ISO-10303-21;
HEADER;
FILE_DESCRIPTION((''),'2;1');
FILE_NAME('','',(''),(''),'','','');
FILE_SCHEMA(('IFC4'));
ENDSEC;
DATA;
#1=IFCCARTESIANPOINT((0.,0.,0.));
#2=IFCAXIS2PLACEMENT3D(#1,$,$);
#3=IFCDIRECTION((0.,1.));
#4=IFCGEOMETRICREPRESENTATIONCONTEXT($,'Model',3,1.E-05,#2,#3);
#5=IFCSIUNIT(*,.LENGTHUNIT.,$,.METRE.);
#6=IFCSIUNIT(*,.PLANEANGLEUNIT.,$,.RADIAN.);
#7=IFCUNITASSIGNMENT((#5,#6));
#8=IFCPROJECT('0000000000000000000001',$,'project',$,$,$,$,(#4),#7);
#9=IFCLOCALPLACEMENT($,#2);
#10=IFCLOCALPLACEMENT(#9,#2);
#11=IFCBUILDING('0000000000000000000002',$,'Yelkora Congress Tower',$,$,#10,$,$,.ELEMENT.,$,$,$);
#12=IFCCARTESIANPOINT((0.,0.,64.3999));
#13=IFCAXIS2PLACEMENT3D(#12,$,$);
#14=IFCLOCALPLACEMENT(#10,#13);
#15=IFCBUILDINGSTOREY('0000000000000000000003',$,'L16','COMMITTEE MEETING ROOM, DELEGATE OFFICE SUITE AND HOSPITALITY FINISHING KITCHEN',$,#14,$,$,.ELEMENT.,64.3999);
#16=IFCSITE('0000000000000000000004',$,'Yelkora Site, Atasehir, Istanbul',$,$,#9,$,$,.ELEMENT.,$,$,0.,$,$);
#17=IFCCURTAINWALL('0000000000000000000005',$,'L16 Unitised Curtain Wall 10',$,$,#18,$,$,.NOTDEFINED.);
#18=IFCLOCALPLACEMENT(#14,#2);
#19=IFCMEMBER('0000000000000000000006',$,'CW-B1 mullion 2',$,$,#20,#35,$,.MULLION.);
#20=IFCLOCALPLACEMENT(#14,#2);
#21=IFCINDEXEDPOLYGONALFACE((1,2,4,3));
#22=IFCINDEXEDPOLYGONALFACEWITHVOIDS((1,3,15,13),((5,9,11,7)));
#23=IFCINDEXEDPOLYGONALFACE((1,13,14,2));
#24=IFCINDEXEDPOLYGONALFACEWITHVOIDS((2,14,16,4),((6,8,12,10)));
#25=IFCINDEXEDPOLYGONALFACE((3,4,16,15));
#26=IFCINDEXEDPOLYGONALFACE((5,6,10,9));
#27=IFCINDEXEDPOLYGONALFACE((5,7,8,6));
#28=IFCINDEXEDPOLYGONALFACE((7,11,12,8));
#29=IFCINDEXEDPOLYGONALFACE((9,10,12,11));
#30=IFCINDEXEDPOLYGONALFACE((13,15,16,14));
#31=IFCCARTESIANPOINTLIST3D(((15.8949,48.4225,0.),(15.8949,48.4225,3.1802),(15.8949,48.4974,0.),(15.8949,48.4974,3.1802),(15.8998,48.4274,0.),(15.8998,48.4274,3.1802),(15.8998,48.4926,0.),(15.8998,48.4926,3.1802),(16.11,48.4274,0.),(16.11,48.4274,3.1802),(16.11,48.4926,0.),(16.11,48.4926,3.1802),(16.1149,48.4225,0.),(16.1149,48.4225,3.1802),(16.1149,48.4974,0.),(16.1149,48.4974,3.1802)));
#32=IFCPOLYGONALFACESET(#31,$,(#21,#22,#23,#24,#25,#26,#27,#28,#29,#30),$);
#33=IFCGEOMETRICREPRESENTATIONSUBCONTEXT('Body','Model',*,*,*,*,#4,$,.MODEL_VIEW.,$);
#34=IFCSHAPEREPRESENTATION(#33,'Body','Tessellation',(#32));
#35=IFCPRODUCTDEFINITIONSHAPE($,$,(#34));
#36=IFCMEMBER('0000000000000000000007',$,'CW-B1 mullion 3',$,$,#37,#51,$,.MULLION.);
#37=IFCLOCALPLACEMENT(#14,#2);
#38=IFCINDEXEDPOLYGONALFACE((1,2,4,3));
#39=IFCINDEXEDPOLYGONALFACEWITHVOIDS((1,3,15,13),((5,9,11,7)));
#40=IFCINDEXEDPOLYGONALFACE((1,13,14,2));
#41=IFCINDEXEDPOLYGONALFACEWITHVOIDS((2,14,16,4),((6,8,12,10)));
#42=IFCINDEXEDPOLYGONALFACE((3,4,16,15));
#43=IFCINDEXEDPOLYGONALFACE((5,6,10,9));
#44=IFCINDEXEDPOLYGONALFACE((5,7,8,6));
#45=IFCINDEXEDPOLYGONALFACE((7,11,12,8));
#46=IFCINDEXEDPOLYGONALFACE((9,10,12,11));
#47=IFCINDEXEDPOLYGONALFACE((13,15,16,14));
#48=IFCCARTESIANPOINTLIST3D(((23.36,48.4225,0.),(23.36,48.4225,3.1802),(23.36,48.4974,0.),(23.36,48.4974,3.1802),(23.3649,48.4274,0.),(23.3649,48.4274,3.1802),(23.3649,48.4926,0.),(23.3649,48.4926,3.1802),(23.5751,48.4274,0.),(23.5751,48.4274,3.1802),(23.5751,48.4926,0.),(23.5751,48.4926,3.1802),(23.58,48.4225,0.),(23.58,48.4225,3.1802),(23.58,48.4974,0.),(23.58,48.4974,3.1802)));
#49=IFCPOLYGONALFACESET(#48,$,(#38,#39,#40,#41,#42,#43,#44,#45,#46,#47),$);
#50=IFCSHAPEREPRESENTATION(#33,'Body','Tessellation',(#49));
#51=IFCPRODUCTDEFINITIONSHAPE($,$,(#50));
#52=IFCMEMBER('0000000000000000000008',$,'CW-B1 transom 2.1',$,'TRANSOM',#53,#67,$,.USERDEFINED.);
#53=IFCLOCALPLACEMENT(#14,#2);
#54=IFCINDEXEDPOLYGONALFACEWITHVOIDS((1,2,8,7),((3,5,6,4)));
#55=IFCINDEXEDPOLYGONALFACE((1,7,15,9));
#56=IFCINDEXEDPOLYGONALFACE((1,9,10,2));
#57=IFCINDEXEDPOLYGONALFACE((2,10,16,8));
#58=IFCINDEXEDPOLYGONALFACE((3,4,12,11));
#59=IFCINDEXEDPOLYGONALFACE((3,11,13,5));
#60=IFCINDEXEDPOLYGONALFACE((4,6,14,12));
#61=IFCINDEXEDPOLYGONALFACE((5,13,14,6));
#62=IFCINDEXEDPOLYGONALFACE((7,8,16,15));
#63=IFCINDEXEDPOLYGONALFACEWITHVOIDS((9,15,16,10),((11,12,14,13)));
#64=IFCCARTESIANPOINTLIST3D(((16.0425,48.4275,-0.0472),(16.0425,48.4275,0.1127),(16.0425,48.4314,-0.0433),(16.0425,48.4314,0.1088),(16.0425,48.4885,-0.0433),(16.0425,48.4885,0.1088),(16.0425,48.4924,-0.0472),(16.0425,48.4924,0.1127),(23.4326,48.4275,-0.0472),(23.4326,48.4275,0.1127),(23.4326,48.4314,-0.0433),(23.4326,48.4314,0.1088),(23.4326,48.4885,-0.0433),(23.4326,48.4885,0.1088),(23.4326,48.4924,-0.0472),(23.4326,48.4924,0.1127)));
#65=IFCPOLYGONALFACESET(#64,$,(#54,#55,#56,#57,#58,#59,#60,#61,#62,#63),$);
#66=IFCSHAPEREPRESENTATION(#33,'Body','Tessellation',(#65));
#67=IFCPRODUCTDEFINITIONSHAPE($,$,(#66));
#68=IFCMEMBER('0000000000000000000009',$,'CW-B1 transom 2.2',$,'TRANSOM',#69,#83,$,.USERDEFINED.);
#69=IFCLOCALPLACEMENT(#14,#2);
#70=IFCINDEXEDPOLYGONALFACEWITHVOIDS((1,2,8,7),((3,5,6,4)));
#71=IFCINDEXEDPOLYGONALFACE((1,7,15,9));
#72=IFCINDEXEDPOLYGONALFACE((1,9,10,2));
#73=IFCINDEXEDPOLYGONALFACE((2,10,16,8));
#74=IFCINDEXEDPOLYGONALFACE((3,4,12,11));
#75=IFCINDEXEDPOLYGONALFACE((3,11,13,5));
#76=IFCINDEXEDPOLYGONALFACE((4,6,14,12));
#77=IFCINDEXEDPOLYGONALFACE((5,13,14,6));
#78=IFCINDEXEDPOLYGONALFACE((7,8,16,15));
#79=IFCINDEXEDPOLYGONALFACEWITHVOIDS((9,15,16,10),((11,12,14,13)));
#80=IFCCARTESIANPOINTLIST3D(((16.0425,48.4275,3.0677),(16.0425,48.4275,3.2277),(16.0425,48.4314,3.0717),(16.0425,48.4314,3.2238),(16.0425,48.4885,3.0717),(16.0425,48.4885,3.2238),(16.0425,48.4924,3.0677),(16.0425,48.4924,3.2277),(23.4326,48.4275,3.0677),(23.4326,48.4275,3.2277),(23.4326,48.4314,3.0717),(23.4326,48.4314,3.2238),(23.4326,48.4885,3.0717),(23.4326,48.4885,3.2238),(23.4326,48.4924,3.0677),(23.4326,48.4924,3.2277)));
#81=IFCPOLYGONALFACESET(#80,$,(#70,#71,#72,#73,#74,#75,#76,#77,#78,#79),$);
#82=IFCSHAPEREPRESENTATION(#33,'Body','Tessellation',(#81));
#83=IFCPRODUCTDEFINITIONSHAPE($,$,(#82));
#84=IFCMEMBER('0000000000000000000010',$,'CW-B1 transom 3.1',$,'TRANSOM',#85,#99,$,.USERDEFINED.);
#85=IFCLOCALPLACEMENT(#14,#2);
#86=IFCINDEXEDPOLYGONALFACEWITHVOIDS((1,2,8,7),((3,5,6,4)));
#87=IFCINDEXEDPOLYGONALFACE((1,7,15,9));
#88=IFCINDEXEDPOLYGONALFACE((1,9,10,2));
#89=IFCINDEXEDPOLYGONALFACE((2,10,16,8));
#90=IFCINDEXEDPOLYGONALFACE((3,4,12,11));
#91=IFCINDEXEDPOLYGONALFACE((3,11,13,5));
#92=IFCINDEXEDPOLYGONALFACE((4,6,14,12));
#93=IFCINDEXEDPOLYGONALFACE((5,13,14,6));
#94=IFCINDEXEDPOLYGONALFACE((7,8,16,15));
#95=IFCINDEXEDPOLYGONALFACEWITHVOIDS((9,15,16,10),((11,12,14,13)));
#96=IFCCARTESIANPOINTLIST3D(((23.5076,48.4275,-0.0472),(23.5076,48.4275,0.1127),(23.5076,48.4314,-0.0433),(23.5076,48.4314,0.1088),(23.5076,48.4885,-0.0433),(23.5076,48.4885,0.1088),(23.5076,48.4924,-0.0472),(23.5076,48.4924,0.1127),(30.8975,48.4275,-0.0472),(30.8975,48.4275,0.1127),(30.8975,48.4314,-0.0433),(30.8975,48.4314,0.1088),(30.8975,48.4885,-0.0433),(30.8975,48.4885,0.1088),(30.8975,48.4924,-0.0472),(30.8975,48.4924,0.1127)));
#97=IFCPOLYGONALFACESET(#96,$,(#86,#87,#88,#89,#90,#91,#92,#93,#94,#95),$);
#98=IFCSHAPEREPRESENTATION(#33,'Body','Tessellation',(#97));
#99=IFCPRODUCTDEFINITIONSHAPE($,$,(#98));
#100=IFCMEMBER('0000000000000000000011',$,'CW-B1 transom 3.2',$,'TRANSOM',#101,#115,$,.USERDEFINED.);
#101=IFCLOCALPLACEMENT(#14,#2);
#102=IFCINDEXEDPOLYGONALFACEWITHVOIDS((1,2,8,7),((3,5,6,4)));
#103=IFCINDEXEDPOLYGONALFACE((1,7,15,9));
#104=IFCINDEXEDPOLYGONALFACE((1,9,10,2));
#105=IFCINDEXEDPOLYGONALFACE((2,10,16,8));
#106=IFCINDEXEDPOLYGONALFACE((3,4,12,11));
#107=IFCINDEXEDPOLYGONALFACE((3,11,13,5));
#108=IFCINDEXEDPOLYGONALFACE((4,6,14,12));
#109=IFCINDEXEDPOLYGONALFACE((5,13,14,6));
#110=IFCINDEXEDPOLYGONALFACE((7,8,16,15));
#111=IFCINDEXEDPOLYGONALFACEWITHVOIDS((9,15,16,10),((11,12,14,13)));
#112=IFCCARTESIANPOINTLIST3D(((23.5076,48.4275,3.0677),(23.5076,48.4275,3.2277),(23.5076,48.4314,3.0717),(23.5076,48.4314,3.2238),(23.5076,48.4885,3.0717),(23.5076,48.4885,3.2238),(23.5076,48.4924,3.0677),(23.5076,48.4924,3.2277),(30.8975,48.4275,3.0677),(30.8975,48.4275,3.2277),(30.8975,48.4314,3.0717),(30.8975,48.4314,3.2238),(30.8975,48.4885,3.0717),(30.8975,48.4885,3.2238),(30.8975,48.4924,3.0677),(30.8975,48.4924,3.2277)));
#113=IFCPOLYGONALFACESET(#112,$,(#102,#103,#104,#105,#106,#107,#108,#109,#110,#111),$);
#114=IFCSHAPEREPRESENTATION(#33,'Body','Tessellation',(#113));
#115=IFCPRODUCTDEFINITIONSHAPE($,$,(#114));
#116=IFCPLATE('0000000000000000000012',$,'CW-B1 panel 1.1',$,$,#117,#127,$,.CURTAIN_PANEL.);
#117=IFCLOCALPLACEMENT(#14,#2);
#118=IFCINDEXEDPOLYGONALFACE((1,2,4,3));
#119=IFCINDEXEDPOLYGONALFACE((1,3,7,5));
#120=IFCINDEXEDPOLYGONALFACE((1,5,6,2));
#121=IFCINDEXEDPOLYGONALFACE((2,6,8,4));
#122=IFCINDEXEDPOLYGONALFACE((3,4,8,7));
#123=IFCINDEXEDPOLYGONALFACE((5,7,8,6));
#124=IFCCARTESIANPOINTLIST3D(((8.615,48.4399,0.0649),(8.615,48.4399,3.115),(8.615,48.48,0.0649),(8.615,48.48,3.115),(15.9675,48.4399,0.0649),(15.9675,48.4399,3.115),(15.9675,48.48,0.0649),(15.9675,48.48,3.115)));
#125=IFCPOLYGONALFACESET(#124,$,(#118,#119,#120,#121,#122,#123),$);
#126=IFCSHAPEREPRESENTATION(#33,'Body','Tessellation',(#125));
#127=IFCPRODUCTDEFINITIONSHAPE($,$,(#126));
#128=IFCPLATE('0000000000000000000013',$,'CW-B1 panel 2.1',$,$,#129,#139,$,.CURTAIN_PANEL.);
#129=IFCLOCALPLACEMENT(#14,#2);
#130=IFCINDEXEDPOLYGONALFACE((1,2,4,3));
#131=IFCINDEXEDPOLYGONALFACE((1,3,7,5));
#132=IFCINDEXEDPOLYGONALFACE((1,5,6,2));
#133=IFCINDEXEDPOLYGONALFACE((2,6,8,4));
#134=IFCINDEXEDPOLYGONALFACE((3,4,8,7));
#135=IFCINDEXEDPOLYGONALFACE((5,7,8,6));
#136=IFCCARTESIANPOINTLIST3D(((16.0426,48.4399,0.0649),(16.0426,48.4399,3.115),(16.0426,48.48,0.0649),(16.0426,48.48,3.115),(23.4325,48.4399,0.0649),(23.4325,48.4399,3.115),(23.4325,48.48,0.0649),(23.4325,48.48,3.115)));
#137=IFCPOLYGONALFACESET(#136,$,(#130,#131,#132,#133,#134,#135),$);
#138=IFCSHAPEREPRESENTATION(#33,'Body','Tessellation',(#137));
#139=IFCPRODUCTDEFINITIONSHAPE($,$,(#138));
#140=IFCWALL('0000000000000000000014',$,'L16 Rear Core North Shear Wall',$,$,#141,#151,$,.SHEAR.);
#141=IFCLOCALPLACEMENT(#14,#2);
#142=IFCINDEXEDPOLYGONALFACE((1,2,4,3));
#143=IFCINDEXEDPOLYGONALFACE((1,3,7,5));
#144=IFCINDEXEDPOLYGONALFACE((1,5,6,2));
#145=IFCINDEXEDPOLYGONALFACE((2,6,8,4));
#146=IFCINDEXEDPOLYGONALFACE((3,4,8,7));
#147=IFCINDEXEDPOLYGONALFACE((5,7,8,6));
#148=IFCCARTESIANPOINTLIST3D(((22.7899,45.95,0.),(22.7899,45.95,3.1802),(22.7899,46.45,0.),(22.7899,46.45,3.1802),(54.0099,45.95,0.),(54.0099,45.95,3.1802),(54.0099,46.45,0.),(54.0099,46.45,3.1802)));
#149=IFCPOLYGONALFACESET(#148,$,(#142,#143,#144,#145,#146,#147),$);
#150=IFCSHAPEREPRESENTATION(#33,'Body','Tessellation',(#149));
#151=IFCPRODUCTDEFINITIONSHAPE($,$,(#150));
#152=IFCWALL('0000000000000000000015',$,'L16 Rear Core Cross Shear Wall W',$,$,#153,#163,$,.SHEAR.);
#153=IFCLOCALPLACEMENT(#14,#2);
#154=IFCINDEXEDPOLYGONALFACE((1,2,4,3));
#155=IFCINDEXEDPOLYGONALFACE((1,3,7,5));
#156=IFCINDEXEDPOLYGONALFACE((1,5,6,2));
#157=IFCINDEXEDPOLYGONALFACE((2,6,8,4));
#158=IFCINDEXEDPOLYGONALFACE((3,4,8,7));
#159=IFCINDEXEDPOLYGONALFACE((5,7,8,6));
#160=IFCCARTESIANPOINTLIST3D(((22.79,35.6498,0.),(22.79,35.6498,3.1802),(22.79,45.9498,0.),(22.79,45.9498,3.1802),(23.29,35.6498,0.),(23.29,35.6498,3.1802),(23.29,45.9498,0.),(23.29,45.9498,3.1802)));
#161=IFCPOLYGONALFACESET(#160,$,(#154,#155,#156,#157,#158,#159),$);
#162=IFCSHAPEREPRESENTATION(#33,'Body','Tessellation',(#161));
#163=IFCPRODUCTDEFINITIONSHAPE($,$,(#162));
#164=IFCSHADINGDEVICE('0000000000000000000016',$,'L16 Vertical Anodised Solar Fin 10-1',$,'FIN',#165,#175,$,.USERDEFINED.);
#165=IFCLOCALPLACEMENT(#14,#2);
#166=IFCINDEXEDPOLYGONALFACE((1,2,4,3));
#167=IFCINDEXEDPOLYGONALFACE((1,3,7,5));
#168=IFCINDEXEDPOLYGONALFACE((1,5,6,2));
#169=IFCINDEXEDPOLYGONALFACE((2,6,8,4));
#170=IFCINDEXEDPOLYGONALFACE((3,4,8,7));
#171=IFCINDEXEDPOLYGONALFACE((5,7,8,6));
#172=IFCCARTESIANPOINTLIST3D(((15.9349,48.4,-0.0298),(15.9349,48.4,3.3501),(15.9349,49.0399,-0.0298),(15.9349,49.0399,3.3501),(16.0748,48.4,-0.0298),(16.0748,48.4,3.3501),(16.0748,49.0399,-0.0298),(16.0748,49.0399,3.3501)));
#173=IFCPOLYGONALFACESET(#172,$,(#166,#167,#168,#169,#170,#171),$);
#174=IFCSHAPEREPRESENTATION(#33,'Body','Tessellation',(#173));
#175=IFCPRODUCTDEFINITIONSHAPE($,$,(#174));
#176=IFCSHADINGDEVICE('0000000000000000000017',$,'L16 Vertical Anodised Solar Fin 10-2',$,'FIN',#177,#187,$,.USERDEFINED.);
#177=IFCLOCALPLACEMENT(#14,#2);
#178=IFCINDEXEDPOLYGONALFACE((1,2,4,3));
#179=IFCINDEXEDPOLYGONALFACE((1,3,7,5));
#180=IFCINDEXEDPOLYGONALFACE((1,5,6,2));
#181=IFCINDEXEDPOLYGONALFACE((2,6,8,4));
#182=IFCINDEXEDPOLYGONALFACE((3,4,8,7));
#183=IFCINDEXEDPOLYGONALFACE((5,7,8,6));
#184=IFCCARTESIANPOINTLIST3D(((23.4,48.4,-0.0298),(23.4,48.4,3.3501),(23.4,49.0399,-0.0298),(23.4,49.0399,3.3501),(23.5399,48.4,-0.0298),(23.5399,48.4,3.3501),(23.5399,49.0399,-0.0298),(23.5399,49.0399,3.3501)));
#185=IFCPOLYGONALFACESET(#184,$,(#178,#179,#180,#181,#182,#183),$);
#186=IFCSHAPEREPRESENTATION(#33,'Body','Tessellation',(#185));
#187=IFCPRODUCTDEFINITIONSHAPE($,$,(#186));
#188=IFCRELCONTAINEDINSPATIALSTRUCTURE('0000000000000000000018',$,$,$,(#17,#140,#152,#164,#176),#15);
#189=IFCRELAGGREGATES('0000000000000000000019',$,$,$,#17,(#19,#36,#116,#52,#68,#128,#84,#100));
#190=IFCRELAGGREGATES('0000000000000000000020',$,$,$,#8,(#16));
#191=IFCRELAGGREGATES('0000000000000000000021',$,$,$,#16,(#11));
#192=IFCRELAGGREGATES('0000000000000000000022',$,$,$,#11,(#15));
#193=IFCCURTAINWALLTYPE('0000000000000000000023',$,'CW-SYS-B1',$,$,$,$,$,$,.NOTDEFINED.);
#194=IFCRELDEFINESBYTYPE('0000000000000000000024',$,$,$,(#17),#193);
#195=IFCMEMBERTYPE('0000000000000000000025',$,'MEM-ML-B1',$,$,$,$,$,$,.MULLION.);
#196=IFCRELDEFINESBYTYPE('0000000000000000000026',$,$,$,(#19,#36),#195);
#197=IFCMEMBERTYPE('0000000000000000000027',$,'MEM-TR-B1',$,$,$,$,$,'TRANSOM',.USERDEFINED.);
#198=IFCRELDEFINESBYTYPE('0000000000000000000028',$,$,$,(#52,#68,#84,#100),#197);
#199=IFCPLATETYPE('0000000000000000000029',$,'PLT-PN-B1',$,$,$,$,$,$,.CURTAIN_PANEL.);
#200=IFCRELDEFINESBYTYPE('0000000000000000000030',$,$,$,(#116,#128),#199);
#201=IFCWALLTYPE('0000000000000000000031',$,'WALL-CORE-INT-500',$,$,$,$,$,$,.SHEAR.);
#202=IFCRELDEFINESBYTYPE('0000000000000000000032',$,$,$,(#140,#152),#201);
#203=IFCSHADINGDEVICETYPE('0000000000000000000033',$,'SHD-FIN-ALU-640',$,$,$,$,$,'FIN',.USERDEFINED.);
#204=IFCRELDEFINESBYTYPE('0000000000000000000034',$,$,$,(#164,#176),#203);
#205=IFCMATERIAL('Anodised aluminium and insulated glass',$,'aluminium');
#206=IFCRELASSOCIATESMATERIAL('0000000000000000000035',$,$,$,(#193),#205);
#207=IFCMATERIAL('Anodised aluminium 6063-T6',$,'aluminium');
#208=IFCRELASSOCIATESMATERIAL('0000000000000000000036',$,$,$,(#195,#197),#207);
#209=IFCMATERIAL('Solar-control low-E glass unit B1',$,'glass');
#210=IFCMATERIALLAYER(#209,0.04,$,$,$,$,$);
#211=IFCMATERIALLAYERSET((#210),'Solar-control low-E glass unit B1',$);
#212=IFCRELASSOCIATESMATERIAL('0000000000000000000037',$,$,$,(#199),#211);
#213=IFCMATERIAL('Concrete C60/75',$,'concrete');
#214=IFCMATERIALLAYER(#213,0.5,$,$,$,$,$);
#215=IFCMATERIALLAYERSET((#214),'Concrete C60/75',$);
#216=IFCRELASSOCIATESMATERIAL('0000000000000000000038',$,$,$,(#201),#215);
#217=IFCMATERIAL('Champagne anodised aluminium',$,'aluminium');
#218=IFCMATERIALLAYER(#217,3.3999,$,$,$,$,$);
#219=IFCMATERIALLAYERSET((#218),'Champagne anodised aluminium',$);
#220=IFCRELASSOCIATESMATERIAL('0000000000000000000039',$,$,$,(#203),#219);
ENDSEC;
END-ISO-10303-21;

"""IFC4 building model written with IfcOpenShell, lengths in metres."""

from ifc_helpers import new_model, si_unit, direction, frame, frame_2d, origin, origin_2d, place, context, subcontext, project, spatial, rectangle, hollow_rectangle, extrude, material, layer, layer_set, material_profile, profile_set, type_object, element, aggregate, save


model = new_model("IFC4")

# Units and contexts
model_context = context("Model", 3, precision=1e-05, world=origin(), true_north=direction((0.0, 1.0)))
body_context = subcontext(model_context, "Body", "Model", "MODEL_VIEW")
ifc_project = project(units=[si_unit("LENGTHUNIT", "METRE"), si_unit("PLANEANGLEUNIT", "RADIAN")], contexts=[model_context])

# Site, building, storey
site_placement = place(None, origin())
site = spatial("IfcSite", under=ifc_project, at=site_placement, Name="Yelkora Site, Atasehir, Istanbul", CompositionType="ELEMENT", RefElevation=0.0)
building_placement = place(site_placement, origin())
building = spatial("IfcBuilding", under=site, at=building_placement, Name="Yelkora Congress Tower", CompositionType="ELEMENT")
storey_placement = place(building_placement, frame((0.0, 0.0, 64.3999)))
storey = spatial("IfcBuildingStorey", under=building, at=storey_placement, Name="L16", Description="COMMITTEE MEETING ROOM, DELEGATE OFFICE SUITE AND HOSPITALITY FINISHING KITCHEN", CompositionType="ELEMENT", Elevation=64.3999)

# Shared definitions
ifc_material_1 = material(Name="Concrete C60/75", Category="concrete")

# Curtain wall, members, plates
ifc_material_2 = material(Name="Anodised aluminium and insulated glass", Category="aluminium")
curtain_wall_type = type_object("IfcCurtainWallType", Name="CW-SYS-B1", PredefinedType="NOTDEFINED", material=ifc_material_2)
curtain_wall_placement = place(storey_placement, origin())
curtain_wall = element("IfcCurtainWall", 1, at=curtain_wall_placement, inside=storey, type_object=curtain_wall_type, Name="L16 Unitised Curtain Wall 10", PredefinedType="NOTDEFINED")
ifc_material_3 = material(Name="Anodised aluminium 6063-T6", Category="aluminium")
ifc_material_profile_1 = material_profile(ifc_material_3, hollow_rectangle(XDim=0.075, YDim=0.22, WallThickness=0.0049, at=origin_2d()), Name="ALU 75x220x5")
ifc_profile_set_1 = profile_set([ifc_material_profile_1], Name="Anodised aluminium 6063-T6")
member_type_1 = type_object("IfcMemberType", Name="MEM-ML-B1", PredefinedType="MULLION", material=ifc_profile_set_1)
member_1_placement = place(storey_placement, frame((16.0049, 48.46, 0.0), z_axis=(0.0, 0.0, 1.0), x_axis=(0.0, 1.0, 0.0)))
member_1 = element("IfcMember", 2, at=member_1_placement, type_object=member_type_1, Name="CW-B1 mullion 2", PredefinedType="MULLION", context=body_context, shape_type="SweptSolid", body=[
    extrude(hollow_rectangle(XDim=0.075, YDim=0.22, WallThickness=0.0049, at=origin_2d()), origin(), (0.0, 0.0, 1.0), 3.1802),
])
member_2_placement = place(storey_placement, frame((23.47, 48.46, 0.0), z_axis=(0.0, 0.0, 1.0), x_axis=(0.0, 1.0, 0.0)))
member_2 = element("IfcMember", 3, at=member_2_placement, type_object=member_type_1, Name="CW-B1 mullion 3", PredefinedType="MULLION", context=body_context, shape_type="SweptSolid", body=[
    extrude(hollow_rectangle(XDim=0.075, YDim=0.22, WallThickness=0.0049, at=origin_2d()), origin(), (0.0, 0.0, 1.0), 3.1802),
])
ifc_material_profile_2 = material_profile(ifc_material_3, hollow_rectangle(XDim=0.0649, YDim=0.1599, WallThickness=0.0039, at=origin_2d()), Name="ALU 65x160x4")
ifc_profile_set_2 = profile_set([ifc_material_profile_2], Name="Anodised aluminium 6063-T6")
member_type_2 = type_object("IfcMemberType", Name="MEM-TR-B1", ElementType="TRANSOM", PredefinedType="USERDEFINED", material=ifc_profile_set_2)
member_3_placement = place(storey_placement, frame((16.0425, 48.46, 0.0327), z_axis=(1.0, 0.0, 0.0), x_axis=(0.0, 1.0, 0.0)))
member_3 = element("IfcMember", 4, at=member_3_placement, type_object=member_type_2, Name="CW-B1 transom 2.1", ObjectType="TRANSOM", PredefinedType="USERDEFINED", context=body_context, shape_type="SweptSolid", body=[
    extrude(hollow_rectangle(XDim=0.0649, YDim=0.1599, WallThickness=0.0039, at=origin_2d()), origin(), (0.0, 0.0, 1.0), 7.3901),
])
member_4_placement = place(storey_placement, frame((16.0425, 48.46, 3.1477), z_axis=(1.0, 0.0, 0.0), x_axis=(0.0, 1.0, 0.0)))
member_4 = element("IfcMember", 5, at=member_4_placement, type_object=member_type_2, Name="CW-B1 transom 2.2", ObjectType="TRANSOM", PredefinedType="USERDEFINED", context=body_context, shape_type="SweptSolid", body=[
    extrude(hollow_rectangle(XDim=0.0649, YDim=0.1599, WallThickness=0.0039, at=origin_2d()), origin(), (0.0, 0.0, 1.0), 7.3901),
])
member_5_placement = place(storey_placement, frame((23.5076, 48.46, 0.0327), z_axis=(1.0, 0.0, 0.0), x_axis=(0.0, 1.0, 0.0)))
member_5 = element("IfcMember", 6, at=member_5_placement, type_object=member_type_2, Name="CW-B1 transom 3.1", ObjectType="TRANSOM", PredefinedType="USERDEFINED", context=body_context, shape_type="SweptSolid", body=[
    extrude(hollow_rectangle(XDim=0.0649, YDim=0.1599, WallThickness=0.0039, at=origin_2d()), origin(), (0.0, 0.0, 1.0), 7.3899),
])
member_6_placement = place(storey_placement, frame((23.5076, 48.46, 3.1477), z_axis=(1.0, 0.0, 0.0), x_axis=(0.0, 1.0, 0.0)))
member_6 = element("IfcMember", 7, at=member_6_placement, type_object=member_type_2, Name="CW-B1 transom 3.2", ObjectType="TRANSOM", PredefinedType="USERDEFINED", context=body_context, shape_type="SweptSolid", body=[
    extrude(hollow_rectangle(XDim=0.0649, YDim=0.1599, WallThickness=0.0039, at=origin_2d()), origin(), (0.0, 0.0, 1.0), 7.3899),
])
ifc_material_4 = material(Name="Solar-control low-E glass unit B1", Category="glass")
ifc_layer_1 = layer(ifc_material_4, 0.04)
ifc_layer_set_1 = layer_set([ifc_layer_1], Name="Solar-control low-E glass unit B1")
plate_type = type_object("IfcPlateType", Name="PLT-PN-B1", PredefinedType="CURTAIN_PANEL", material=ifc_layer_set_1)
plate_1_placement = place(storey_placement, frame((12.2913, 48.46, 0.0649), z_axis=(0.0, 0.0, 1.0), x_axis=(1.0, 0.0, 0.0)))
plate_1 = element("IfcPlate", 8, at=plate_1_placement, type_object=plate_type, Name="CW-B1 panel 1.1", PredefinedType="CURTAIN_PANEL", context=body_context, shape_type="SweptSolid", body=[
    extrude(rectangle(XDim=7.3525, YDim=0.04, at=origin_2d()), origin(), (0.0, 0.0, 1.0), 3.05),
])
plate_2_placement = place(storey_placement, frame((19.7375, 48.46, 0.0649), z_axis=(0.0, 0.0, 1.0), x_axis=(1.0, 0.0, 0.0)))
plate_2 = element("IfcPlate", 9, at=plate_2_placement, type_object=plate_type, Name="CW-B1 panel 2.1", PredefinedType="CURTAIN_PANEL", context=body_context, shape_type="SweptSolid", body=[
    extrude(rectangle(XDim=7.3899, YDim=0.04, at=origin_2d()), origin(), (0.0, 0.0, 1.0), 3.05),
])
aggregate(curtain_wall, [member_1, member_2, plate_1, member_3, member_4, plate_2, member_5, member_6])

# Walls
ifc_layer_2 = layer(ifc_material_1, 0.5)
ifc_layer_set_2 = layer_set([ifc_layer_2], Name="Concrete C60/75")
wall_type_1 = type_object("IfcWallType", Name="WALL-CORE-INT-500", PredefinedType="SHEAR", material=ifc_layer_set_2)
wall_1_placement = place(storey_placement, frame((22.79, 46.2, 0.0), z_axis=(0.0, 0.0, 1.0), x_axis=(1.0, 0.0, 0.0)))
element("IfcWall", 10, at=wall_1_placement, inside=storey, type_object=wall_type_1, Name="L16 Rear Core North Shear Wall", PredefinedType="SHEAR", context=body_context, shape_type="SweptSolid", body=[
    extrude(rectangle(XDim=31.22, YDim=0.5, at=frame_2d((15.6099, 0.0))), origin(), (0.0, 0.0, 1.0), 3.1802),
])
wall_2_placement = place(storey_placement, frame((23.04, 35.6499, 0.0), z_axis=(0.0, 0.0, 1.0), x_axis=(0.0, 1.0, 0.0)))
element("IfcWall", 11, at=wall_2_placement, inside=storey, type_object=wall_type_1, Name="L16 Rear Core Cross Shear Wall W", PredefinedType="SHEAR", context=body_context, shape_type="SweptSolid", body=[
    extrude(rectangle(XDim=10.3, YDim=0.5, at=frame_2d((5.1499, 0.0))), origin(), (0.0, 0.0, 1.0), 3.1802),
])

# Shading devices
ifc_material_5 = material(Name="Champagne anodised aluminium", Category="aluminium")
ifc_layer_3 = layer(ifc_material_5, 3.3999)
ifc_layer_set_3 = layer_set([ifc_layer_3], Name="Champagne anodised aluminium")
shading_device_type = type_object("IfcShadingDeviceType", Name="SHD-FIN-ALU-640", ElementType="FIN", PredefinedType="USERDEFINED", material=ifc_layer_set_3)
for number, where, z_axis, x_axis, name in (
    (12, (16.0049, 48.72, -0.0298), (0.0, 0.0, 1.0), (1.0, 0.0, 0.0), "L16 Vertical Anodised Solar Fin 10-1"),
    (13, (23.47, 48.72, -0.0298), (0.0, 0.0, 1.0), (1.0, 0.0, 0.0), "L16 Vertical Anodised Solar Fin 10-2"),
):
    element("IfcShadingDevice", number, at=place(storey_placement, frame(where, z_axis=z_axis, x_axis=x_axis)), inside=storey, type_object=shading_device_type, Name=name, ObjectType="FIN", PredefinedType="USERDEFINED", context=body_context, shape_type="SweptSolid", body=[
        extrude(rectangle(XDim=0.1399, YDim=0.6399, at=origin_2d()), origin(), (0.0, 0.0, 1.0), 3.3799),
    ])

save(model, "model.ifc")
